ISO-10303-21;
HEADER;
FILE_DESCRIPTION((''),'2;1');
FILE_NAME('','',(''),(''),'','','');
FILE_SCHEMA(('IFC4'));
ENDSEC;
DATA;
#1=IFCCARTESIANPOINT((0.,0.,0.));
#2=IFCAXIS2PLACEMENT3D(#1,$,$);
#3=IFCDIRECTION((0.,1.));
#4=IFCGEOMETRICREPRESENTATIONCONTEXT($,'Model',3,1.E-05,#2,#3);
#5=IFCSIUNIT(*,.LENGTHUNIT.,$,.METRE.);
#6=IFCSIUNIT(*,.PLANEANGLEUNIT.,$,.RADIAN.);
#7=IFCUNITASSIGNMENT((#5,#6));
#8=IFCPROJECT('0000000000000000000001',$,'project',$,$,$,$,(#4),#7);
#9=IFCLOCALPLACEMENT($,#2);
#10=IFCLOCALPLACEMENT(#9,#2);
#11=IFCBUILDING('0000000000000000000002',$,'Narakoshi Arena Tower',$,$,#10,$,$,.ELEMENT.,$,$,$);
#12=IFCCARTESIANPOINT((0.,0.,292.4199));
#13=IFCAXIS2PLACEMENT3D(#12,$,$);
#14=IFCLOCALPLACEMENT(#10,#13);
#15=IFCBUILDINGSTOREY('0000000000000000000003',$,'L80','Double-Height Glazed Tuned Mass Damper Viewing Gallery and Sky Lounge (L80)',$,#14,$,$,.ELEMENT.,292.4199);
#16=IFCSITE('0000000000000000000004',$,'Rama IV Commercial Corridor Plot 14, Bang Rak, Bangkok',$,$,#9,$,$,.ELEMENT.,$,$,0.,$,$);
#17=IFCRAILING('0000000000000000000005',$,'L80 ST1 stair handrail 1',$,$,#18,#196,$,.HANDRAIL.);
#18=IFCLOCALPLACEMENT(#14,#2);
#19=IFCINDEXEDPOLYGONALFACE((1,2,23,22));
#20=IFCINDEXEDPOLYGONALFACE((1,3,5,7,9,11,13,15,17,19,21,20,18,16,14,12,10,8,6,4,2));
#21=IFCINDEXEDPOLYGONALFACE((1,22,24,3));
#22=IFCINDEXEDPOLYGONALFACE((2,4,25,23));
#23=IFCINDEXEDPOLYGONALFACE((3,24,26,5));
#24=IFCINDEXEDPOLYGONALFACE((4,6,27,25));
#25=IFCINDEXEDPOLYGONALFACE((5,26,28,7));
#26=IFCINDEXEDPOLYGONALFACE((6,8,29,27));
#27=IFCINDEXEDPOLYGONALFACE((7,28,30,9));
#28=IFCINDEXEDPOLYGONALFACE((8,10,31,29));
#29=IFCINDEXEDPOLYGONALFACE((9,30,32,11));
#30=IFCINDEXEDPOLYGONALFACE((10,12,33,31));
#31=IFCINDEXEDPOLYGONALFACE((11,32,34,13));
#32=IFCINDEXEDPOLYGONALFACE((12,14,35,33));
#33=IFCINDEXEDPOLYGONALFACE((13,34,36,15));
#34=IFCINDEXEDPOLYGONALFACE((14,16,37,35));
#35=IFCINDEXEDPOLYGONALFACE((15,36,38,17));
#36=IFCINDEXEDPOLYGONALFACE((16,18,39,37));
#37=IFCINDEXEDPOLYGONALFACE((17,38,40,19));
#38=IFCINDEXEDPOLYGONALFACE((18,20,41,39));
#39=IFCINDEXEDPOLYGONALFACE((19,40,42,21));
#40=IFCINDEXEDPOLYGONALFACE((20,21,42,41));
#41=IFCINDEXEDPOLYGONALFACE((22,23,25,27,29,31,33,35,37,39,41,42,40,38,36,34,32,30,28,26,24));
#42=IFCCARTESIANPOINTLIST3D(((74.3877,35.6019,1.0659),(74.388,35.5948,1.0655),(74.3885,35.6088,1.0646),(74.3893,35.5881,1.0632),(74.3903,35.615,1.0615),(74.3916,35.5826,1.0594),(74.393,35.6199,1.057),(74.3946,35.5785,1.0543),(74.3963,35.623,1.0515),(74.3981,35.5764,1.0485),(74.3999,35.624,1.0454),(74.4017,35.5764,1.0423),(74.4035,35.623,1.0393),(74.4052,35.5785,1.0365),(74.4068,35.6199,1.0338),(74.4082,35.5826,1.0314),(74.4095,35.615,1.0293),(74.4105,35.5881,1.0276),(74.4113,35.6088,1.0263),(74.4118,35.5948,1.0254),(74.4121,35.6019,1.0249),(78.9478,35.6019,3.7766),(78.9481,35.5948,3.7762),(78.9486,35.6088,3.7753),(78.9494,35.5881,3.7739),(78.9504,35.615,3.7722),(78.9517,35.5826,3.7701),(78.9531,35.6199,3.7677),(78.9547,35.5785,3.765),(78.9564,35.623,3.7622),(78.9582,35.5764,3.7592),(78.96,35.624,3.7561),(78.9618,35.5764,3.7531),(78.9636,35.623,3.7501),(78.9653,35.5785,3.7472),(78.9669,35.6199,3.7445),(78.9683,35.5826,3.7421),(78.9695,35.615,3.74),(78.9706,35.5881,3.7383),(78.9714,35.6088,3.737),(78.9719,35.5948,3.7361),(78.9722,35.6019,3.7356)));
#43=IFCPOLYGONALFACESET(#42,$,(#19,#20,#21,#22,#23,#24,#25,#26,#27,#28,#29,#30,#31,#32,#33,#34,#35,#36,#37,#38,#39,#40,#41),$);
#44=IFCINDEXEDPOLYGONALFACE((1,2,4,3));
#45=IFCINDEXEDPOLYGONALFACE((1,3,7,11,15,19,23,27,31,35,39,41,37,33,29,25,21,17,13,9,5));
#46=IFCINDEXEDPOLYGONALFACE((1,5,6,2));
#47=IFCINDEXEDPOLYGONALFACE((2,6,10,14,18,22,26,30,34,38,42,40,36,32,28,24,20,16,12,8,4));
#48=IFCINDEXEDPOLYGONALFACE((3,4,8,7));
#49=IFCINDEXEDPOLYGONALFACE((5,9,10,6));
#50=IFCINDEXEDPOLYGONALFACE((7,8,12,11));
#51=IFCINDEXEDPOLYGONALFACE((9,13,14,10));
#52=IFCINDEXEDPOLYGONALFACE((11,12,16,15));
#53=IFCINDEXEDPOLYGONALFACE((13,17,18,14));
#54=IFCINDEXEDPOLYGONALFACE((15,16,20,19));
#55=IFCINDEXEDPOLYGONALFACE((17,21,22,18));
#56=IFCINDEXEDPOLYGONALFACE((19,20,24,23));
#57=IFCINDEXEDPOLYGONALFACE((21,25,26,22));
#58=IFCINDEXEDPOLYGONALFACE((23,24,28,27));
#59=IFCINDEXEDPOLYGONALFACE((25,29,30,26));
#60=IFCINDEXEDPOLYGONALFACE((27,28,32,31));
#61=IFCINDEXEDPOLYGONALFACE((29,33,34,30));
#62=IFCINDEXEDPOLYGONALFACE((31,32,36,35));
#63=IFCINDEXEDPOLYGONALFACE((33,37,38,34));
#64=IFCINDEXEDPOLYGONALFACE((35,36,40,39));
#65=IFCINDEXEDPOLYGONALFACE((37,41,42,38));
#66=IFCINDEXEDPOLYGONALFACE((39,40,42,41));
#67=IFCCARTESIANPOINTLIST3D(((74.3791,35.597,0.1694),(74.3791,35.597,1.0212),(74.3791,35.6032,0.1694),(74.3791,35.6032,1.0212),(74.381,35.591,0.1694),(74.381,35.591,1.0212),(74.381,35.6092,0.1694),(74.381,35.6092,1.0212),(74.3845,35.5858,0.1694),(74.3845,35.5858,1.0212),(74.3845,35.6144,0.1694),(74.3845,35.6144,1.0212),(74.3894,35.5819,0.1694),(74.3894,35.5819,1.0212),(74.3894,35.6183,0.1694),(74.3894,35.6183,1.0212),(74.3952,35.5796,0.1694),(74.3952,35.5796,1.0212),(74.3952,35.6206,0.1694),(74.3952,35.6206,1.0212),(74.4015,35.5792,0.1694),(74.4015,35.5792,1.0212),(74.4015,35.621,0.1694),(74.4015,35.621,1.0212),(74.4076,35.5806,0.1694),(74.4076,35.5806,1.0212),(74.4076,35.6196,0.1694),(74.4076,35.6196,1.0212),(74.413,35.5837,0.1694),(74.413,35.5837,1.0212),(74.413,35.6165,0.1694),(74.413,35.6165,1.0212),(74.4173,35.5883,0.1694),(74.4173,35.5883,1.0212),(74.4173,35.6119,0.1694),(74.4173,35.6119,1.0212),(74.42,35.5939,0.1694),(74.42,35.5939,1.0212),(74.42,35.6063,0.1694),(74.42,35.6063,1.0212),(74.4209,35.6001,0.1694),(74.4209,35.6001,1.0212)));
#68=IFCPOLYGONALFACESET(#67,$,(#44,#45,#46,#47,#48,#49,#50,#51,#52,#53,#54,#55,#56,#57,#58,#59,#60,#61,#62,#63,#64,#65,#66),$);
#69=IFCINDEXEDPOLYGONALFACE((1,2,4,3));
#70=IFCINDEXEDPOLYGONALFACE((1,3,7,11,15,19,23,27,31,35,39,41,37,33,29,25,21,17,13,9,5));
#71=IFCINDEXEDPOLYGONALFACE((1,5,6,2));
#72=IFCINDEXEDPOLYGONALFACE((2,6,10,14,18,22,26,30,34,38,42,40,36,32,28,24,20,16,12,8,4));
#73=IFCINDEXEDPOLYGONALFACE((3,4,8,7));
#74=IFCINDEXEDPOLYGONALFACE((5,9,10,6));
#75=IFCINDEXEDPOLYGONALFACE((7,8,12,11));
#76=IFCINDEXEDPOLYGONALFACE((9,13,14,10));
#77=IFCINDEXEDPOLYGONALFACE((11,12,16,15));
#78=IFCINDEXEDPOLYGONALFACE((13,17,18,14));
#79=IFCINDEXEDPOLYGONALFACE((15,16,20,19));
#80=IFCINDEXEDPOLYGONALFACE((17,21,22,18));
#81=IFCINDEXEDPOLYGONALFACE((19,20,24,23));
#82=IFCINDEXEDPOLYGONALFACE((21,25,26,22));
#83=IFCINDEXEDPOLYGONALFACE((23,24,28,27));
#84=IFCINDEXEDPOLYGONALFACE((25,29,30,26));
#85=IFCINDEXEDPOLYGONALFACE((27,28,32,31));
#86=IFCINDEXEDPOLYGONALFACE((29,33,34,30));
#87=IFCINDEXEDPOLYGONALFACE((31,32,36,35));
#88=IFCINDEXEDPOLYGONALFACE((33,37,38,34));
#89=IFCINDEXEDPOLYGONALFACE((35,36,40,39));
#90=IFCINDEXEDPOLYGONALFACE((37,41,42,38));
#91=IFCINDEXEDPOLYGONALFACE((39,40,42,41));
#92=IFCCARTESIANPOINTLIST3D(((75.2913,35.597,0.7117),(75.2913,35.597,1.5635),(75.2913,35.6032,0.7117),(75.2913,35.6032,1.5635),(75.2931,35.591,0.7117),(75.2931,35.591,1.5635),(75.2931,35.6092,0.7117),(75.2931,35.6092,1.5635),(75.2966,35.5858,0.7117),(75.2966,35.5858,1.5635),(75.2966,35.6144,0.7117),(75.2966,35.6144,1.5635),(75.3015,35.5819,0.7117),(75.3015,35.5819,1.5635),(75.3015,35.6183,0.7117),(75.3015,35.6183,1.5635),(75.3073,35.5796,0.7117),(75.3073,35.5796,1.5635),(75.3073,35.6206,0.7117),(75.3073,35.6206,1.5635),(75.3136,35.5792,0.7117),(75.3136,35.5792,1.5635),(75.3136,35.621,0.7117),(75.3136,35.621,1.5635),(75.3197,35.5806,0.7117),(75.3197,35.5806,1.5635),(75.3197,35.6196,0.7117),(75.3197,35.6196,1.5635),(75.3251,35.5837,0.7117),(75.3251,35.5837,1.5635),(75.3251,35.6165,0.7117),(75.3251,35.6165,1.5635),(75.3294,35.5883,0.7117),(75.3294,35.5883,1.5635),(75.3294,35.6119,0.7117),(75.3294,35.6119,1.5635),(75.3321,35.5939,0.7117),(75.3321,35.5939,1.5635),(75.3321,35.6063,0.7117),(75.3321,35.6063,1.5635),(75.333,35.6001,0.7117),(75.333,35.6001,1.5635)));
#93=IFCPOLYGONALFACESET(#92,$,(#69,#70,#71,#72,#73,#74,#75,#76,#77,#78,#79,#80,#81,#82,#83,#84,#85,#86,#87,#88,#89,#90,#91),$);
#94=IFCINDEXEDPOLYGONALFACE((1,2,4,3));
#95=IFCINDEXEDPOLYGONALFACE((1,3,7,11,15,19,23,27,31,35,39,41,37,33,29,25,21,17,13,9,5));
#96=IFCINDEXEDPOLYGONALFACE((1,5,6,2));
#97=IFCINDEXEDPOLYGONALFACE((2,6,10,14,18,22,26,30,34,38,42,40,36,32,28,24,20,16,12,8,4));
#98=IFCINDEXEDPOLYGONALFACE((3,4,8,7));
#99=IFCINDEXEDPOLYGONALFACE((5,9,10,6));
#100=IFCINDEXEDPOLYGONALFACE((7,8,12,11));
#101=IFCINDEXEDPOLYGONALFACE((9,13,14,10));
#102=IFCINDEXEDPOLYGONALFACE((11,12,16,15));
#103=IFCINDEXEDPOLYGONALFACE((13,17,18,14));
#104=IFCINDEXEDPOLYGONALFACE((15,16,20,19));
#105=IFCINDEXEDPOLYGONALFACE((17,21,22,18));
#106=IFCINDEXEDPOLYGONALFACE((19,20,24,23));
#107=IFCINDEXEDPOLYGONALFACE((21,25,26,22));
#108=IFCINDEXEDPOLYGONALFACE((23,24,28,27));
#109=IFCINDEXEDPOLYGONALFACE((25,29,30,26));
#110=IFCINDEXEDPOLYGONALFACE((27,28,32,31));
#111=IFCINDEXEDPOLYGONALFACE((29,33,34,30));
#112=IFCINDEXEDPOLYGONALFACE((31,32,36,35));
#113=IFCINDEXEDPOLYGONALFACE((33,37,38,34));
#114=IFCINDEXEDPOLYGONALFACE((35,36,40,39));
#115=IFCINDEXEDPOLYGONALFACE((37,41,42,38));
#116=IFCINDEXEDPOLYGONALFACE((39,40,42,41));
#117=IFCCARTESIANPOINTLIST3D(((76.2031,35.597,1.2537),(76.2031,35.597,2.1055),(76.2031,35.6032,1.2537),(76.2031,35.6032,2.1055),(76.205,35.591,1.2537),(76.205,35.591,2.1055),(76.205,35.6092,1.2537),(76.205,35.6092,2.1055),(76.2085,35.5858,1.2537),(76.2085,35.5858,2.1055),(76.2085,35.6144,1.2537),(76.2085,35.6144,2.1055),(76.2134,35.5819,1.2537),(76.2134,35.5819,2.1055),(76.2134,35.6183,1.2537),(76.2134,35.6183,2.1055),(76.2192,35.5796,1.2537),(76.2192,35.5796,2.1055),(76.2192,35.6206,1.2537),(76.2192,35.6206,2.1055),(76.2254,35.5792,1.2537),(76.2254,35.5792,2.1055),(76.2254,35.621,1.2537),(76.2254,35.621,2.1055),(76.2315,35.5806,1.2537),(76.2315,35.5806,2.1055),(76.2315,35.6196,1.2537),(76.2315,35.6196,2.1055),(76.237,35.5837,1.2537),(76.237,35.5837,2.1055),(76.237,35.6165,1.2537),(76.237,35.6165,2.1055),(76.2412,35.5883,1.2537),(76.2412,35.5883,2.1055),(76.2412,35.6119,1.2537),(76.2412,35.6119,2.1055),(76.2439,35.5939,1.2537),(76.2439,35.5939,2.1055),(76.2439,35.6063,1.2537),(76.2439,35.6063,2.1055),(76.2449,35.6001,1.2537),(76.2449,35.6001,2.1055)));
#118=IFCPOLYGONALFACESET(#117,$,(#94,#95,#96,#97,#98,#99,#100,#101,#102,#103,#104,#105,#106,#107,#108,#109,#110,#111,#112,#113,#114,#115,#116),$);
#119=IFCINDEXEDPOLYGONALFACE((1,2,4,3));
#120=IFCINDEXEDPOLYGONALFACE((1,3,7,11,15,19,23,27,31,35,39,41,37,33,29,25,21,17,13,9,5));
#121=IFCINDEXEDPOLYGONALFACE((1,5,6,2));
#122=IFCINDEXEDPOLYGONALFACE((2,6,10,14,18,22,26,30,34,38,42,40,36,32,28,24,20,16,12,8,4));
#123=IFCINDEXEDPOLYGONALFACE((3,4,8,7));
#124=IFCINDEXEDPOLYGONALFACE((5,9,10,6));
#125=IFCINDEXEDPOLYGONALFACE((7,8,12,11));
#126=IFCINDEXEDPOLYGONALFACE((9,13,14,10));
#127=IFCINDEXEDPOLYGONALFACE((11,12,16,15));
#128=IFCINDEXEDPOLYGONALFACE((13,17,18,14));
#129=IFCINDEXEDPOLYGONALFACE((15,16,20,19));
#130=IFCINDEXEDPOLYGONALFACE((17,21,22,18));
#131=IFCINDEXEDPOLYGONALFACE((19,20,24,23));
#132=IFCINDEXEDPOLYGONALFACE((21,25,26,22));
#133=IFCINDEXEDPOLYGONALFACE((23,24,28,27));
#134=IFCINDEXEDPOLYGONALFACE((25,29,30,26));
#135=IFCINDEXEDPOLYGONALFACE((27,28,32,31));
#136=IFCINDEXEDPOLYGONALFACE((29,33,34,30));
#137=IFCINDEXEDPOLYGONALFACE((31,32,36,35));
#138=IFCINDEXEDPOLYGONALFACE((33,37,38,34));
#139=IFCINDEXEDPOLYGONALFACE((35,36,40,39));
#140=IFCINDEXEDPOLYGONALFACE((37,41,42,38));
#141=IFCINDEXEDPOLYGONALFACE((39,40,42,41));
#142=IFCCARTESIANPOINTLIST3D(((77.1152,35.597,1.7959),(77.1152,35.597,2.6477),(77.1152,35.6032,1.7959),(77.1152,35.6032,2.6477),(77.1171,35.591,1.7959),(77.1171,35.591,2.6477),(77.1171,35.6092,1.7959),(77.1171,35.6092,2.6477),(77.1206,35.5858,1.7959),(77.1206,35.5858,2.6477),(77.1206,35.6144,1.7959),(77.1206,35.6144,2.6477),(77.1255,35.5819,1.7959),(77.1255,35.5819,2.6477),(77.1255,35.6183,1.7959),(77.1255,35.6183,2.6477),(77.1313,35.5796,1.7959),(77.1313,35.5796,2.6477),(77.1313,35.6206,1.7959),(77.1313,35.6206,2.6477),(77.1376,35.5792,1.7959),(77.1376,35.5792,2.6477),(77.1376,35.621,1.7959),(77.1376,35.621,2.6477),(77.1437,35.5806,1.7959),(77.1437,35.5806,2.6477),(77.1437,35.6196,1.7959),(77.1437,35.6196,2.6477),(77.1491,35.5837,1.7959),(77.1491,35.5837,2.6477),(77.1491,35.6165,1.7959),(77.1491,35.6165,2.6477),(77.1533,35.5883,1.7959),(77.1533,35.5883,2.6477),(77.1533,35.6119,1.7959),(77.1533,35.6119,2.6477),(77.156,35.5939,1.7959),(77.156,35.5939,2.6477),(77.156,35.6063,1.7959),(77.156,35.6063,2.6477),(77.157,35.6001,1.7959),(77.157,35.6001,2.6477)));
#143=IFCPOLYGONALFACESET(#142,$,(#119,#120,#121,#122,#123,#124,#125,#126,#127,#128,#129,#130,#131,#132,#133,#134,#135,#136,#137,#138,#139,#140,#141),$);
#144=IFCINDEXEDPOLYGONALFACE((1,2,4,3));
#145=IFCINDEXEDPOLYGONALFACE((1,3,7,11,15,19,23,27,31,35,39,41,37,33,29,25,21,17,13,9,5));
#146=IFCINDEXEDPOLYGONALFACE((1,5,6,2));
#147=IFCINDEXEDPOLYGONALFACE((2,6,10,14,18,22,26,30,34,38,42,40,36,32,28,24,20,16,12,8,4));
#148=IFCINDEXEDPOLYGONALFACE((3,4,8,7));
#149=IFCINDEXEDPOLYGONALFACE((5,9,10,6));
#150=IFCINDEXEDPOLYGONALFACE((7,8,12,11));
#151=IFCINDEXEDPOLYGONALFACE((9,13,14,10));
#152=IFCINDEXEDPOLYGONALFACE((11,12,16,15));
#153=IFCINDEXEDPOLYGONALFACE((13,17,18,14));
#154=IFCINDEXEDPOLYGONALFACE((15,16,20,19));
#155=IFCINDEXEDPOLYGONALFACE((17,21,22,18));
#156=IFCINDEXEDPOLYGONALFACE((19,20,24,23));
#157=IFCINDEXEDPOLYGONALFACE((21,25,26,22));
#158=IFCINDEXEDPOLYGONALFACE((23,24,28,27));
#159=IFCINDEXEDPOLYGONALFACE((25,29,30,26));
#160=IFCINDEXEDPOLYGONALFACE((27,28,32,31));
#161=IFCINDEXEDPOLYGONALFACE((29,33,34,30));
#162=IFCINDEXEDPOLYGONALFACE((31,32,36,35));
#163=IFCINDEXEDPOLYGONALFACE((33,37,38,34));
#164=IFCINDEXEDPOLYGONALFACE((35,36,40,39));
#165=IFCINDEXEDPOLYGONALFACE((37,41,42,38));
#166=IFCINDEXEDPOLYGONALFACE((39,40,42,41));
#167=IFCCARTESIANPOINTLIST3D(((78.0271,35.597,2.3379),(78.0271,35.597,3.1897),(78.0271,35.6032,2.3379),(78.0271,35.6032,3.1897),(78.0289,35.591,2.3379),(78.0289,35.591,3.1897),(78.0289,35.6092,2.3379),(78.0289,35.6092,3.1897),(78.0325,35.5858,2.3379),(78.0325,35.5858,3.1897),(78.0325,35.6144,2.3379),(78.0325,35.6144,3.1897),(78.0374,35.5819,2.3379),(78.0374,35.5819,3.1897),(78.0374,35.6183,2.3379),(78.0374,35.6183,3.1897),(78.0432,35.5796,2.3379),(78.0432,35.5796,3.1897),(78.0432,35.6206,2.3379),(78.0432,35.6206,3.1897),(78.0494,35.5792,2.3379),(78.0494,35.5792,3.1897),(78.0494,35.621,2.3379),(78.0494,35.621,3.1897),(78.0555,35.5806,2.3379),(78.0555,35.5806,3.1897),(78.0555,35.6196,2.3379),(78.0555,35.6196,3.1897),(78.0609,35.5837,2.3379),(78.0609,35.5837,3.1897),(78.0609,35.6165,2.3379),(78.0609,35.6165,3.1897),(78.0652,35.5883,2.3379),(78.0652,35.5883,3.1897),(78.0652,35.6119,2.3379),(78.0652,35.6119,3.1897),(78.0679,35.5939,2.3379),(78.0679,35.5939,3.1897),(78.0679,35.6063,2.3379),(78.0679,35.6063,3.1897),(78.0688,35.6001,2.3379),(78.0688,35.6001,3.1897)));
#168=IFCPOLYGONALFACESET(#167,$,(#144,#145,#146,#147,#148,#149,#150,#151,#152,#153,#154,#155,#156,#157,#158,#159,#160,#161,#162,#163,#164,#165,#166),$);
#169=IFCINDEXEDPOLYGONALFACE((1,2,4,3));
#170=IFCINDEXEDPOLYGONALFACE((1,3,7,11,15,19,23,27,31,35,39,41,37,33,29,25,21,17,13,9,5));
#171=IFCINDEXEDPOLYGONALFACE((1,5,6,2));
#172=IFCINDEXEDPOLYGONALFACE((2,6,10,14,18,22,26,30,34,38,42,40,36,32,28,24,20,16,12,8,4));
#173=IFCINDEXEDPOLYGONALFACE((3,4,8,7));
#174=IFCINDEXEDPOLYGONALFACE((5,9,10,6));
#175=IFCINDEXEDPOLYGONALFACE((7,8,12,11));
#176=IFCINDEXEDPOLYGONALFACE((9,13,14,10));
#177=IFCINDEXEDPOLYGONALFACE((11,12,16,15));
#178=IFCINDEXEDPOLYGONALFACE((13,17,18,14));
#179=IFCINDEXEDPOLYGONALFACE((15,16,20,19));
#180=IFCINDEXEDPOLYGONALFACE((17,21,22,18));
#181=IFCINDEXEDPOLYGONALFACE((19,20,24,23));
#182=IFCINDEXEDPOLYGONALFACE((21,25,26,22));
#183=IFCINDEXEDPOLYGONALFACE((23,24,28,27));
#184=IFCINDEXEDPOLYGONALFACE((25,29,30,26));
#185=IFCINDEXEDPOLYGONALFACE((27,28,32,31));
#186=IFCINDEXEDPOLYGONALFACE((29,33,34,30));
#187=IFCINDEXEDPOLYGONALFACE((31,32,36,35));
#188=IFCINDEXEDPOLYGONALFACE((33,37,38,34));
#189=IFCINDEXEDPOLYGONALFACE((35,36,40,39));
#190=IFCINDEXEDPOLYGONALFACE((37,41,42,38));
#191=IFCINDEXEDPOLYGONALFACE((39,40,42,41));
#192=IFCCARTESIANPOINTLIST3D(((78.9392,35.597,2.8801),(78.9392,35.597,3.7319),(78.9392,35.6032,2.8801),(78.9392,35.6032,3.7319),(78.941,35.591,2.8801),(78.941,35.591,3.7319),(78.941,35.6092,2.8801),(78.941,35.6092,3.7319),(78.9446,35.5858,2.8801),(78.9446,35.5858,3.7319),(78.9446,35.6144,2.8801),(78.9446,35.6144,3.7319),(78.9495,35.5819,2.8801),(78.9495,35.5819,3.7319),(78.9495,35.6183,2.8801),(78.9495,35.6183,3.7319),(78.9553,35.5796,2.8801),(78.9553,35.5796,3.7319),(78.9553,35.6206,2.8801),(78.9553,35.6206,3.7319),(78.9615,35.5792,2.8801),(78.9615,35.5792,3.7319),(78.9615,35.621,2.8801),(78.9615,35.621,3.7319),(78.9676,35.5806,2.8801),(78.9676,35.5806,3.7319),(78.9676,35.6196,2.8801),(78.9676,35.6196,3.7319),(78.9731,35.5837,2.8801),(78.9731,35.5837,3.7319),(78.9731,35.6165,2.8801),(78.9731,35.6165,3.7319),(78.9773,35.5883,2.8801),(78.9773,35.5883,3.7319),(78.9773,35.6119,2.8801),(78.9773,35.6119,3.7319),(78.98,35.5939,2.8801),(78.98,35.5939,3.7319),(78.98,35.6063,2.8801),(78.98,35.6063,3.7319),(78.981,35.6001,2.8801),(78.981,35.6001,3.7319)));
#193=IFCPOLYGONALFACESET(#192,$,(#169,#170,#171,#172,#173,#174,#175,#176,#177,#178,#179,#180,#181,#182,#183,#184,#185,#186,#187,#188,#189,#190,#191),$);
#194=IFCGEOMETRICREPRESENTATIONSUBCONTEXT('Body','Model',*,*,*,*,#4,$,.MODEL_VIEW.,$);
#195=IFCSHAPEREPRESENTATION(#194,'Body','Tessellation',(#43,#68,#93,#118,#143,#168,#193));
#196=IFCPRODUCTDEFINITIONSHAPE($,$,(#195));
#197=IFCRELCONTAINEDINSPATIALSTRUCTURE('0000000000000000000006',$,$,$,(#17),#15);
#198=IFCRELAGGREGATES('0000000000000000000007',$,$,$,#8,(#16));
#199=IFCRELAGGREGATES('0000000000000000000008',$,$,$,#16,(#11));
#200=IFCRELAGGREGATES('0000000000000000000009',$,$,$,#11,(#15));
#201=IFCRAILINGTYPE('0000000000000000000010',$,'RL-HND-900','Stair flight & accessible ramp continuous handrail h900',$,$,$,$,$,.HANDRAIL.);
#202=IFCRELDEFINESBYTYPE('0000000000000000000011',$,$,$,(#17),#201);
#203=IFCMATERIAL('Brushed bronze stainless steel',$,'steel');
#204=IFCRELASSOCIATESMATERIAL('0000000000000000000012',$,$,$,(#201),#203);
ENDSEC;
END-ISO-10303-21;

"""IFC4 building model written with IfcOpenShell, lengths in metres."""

from ifc_helpers import new_model, si_unit, direction, frame, origin, origin_2d, place, context, subcontext, project, spatial, circle, extrude, material, type_object, element, save


model = new_model("IFC4")

# Units and contexts
model_context = context("Model", 3, precision=1e-05, world=origin(), true_north=direction((0.0, 1.0)))
body_context = subcontext(model_context, "Body", "Model", "MODEL_VIEW")
ifc_project = project(units=[si_unit("LENGTHUNIT", "METRE"), si_unit("PLANEANGLEUNIT", "RADIAN")], contexts=[model_context])

# Site, building, storey
site_placement = place(None, origin())
site = spatial("IfcSite", under=ifc_project, at=site_placement, Name="Rama IV Commercial Corridor Plot 14, Bang Rak, Bangkok", CompositionType="ELEMENT", RefElevation=0.0)
building_placement = place(site_placement, origin())
building = spatial("IfcBuilding", under=site, at=building_placement, Name="Narakoshi Arena Tower", CompositionType="ELEMENT")
storey_placement = place(building_placement, frame((0.0, 0.0, 292.4199)))
storey = spatial("IfcBuildingStorey", under=building, at=storey_placement, Name="L80", Description="Double-Height Glazed Tuned Mass Damper Viewing Gallery and Sky Lounge (L80)", CompositionType="ELEMENT", Elevation=292.4199)

# Railing
ifc_material_1 = material(Name="Brushed bronze stainless steel", Category="steel")
railing_type_1 = type_object("IfcRailingType", Name="RL-HND-900", Description="Stair flight & accessible ramp continuous handrail h900", PredefinedType="HANDRAIL", material=ifc_material_1)
railing_1_placement = place(storey_placement, frame((74.3999, 35.6001, 0.1694)))
element("IfcRailing", 1, at=railing_1_placement, inside=storey, type_object=railing_type_1, Name="L80 ST1 stair handrail 1", PredefinedType="HANDRAIL", context=body_context, shape_type="SweptSolid", body=[
    extrude(circle(Radius=0.0239, at=origin_2d()), frame((0.0, 0.0, 0.876), z_axis=(0.859593, 0.0, 0.510979), x_axis=(0.0, 1.0, 0.0)), (0.0, 0.0, 1.0), 5.3049),
    extrude(circle(Radius=0.021, at=origin_2d()), origin(), (0.0, 0.0, 1.0), 0.8518),
    extrude(circle(Radius=0.021, at=origin_2d()), frame((0.9121, 0.0, 0.5422)), (0.0, 0.0, 1.0), 0.8518),
    extrude(circle(Radius=0.021, at=origin_2d()), frame((1.824, 0.0, 1.0842)), (0.0, 0.0, 1.0), 0.8518),
    extrude(circle(Radius=0.021, at=origin_2d()), frame((2.7361, 0.0, 1.6265)), (0.0, 0.0, 1.0), 0.8518),
    extrude(circle(Radius=0.021, at=origin_2d()), frame((3.6479, 0.0, 2.1685)), (0.0, 0.0, 1.0), 0.8518),
    extrude(circle(Radius=0.021, at=origin_2d()), frame((4.5601, 0.0, 2.7107)), (0.0, 0.0, 1.0), 0.8518),
])

save(model, "model.ifc")
